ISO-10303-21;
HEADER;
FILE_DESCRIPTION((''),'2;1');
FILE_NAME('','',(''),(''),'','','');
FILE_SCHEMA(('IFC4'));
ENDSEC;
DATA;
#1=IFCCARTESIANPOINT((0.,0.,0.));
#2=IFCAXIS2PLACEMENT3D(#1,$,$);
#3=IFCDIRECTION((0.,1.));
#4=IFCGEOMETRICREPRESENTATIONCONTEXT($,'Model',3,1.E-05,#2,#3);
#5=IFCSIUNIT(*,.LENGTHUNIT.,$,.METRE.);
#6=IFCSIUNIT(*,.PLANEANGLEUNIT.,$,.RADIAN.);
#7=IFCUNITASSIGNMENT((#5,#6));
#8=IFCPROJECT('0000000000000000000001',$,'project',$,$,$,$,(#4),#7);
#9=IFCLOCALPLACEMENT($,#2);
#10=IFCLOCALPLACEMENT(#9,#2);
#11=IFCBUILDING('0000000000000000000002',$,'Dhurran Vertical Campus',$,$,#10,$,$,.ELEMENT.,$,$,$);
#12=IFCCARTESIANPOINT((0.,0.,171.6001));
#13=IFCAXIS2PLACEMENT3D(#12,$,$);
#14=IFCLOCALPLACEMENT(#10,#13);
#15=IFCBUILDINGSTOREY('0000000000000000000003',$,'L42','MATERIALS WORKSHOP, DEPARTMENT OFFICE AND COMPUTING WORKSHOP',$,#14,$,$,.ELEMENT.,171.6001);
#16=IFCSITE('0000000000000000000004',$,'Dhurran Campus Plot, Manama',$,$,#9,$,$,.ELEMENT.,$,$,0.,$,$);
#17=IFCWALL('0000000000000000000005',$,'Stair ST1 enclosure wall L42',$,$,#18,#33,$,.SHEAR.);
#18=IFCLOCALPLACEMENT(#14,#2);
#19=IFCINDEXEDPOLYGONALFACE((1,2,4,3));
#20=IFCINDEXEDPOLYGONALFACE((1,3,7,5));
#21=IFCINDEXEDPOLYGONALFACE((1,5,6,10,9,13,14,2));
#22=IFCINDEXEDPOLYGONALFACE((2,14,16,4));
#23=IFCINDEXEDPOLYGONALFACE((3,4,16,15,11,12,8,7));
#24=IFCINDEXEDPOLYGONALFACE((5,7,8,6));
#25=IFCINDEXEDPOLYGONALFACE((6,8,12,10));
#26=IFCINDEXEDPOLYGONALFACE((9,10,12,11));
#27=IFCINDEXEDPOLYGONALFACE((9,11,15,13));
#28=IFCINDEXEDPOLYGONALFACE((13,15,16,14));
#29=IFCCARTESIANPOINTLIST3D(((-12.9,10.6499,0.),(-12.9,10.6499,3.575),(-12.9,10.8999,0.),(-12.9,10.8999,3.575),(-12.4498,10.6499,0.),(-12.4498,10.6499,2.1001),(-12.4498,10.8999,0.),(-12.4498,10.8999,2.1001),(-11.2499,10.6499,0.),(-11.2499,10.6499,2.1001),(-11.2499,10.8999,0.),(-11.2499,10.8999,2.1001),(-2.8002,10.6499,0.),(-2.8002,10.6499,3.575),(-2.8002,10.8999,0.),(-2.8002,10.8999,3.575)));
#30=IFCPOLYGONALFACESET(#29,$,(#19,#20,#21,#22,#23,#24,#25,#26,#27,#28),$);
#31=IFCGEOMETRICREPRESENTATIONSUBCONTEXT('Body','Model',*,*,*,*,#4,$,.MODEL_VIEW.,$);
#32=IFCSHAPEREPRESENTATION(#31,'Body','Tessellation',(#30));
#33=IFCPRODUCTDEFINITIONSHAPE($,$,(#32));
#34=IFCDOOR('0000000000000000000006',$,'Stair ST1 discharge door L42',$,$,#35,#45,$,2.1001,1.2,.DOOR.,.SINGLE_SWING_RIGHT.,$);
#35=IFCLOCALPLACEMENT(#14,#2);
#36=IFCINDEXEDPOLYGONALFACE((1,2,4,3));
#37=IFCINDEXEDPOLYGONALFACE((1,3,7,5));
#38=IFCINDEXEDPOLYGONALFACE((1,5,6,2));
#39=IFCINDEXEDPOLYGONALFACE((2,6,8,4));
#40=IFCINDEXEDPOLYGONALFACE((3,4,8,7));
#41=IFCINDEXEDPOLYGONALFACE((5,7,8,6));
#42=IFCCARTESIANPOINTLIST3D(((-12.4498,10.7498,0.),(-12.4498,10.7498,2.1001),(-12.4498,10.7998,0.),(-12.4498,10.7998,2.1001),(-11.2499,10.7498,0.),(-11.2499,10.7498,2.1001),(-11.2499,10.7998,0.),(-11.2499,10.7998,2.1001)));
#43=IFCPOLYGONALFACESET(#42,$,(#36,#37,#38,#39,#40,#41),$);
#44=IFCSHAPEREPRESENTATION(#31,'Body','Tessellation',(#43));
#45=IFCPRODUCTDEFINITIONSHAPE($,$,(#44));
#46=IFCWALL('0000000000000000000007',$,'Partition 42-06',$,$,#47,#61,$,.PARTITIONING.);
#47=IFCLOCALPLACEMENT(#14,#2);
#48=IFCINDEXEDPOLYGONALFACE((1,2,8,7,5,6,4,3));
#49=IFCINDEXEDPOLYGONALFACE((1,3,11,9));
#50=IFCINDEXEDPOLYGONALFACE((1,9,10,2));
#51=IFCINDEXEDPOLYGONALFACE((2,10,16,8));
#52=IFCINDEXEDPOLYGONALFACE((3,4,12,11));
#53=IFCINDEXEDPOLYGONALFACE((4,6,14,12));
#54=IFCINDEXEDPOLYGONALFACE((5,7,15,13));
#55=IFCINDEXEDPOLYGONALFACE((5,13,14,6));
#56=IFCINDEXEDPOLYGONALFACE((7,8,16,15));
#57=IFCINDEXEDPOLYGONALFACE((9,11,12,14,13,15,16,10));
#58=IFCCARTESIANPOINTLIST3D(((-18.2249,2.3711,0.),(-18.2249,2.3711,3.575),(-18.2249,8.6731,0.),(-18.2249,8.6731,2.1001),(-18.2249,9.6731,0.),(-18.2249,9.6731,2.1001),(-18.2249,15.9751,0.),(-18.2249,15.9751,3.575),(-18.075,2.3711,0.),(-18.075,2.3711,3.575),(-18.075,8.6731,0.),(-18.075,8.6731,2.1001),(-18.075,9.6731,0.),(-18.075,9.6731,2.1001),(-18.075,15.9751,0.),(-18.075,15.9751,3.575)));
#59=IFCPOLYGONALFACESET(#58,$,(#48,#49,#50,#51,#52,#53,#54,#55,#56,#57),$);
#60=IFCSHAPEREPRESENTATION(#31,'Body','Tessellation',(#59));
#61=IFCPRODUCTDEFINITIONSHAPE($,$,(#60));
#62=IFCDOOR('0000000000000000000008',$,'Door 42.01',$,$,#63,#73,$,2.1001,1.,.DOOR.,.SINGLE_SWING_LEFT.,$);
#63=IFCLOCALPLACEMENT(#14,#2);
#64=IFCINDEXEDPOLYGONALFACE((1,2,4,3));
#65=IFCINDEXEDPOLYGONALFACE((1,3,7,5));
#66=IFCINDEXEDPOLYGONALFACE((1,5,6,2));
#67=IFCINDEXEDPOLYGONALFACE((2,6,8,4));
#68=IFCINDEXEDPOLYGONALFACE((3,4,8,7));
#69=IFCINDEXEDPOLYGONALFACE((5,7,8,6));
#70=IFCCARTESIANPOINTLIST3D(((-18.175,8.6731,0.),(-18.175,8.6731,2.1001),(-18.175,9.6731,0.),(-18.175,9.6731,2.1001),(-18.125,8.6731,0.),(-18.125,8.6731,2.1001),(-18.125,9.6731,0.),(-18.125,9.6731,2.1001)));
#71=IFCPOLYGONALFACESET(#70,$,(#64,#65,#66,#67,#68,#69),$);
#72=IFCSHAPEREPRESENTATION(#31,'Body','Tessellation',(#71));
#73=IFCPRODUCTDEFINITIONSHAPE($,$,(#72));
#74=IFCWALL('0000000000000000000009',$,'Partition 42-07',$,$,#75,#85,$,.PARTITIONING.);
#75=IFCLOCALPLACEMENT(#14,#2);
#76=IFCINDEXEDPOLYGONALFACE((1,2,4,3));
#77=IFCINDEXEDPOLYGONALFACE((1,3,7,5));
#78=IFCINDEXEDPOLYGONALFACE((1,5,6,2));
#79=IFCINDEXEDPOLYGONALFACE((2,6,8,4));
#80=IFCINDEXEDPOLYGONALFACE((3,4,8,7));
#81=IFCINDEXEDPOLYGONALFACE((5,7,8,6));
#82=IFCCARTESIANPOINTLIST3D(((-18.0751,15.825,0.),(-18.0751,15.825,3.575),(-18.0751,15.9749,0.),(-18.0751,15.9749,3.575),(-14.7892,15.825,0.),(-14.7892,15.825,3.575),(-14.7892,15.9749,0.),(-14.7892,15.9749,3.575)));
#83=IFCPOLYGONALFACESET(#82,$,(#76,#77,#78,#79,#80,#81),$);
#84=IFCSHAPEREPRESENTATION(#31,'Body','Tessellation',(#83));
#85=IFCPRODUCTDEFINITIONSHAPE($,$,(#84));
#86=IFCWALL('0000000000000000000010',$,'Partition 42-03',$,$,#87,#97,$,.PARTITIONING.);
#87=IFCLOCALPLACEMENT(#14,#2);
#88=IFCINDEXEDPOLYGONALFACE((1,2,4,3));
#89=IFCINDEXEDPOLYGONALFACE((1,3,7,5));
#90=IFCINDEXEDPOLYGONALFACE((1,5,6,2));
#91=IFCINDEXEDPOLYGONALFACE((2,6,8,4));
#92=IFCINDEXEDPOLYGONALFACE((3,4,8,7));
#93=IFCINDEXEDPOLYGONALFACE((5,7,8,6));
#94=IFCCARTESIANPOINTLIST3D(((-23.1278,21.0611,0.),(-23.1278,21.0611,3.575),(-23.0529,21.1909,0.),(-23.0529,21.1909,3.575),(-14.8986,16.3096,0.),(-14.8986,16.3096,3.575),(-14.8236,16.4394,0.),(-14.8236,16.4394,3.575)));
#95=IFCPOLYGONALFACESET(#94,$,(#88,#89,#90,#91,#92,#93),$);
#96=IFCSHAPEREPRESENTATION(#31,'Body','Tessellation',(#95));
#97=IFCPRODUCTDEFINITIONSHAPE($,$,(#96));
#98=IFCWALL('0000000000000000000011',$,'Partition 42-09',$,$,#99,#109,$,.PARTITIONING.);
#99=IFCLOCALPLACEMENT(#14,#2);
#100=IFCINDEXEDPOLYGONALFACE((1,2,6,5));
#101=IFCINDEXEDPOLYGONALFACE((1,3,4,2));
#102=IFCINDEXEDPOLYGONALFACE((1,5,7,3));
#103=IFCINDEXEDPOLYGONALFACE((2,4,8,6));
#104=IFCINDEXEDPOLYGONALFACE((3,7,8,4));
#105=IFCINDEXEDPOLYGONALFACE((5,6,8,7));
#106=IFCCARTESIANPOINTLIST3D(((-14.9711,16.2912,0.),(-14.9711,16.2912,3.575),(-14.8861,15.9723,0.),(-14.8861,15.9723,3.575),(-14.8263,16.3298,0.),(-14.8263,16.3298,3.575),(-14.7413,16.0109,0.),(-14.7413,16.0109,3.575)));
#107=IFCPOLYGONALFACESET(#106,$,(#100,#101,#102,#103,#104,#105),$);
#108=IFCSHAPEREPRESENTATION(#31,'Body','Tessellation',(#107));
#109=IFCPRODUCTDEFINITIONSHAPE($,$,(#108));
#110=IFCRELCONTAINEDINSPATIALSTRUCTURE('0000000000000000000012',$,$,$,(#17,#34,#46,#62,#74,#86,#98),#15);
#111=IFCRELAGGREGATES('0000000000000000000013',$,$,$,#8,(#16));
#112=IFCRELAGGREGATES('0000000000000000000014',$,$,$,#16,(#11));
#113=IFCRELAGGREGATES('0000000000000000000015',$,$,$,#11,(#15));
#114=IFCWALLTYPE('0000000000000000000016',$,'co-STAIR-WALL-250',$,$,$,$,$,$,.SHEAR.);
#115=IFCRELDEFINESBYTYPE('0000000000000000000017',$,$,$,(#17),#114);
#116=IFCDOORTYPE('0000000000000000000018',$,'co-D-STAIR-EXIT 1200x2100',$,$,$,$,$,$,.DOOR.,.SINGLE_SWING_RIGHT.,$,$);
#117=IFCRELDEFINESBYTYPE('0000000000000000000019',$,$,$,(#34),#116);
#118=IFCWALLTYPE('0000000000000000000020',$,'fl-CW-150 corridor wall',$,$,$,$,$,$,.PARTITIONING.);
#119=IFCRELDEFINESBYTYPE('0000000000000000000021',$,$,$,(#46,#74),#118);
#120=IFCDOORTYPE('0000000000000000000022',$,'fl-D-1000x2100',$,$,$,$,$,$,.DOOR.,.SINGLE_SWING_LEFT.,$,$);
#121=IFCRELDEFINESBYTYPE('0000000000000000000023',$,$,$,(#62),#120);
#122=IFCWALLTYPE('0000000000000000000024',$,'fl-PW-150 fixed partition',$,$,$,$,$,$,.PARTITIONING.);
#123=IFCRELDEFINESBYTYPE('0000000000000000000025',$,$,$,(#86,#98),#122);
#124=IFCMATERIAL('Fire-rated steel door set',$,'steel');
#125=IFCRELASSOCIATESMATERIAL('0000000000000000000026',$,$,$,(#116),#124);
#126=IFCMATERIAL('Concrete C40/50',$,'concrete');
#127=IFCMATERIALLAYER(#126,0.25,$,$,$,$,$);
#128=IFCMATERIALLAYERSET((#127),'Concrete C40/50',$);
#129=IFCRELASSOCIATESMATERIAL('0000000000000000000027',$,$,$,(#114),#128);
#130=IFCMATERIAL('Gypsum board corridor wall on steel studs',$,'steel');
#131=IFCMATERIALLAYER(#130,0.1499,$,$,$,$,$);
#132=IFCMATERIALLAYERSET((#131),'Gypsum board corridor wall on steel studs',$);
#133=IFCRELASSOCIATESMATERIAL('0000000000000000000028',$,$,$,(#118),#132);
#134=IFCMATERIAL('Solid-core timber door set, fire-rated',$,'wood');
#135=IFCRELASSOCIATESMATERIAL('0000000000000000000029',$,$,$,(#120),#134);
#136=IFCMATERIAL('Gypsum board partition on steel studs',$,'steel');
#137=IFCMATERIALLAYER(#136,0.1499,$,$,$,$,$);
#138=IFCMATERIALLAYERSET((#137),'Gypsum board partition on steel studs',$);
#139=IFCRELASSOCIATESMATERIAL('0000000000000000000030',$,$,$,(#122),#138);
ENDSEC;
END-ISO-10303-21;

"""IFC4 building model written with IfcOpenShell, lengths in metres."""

from ifc_helpers import new_model, si_unit, direction, frame, frame_2d, origin, place, context, subcontext, project, spatial, rectangle, extrude, material, layer, layer_set, type_object, element, fill, save


model = new_model("IFC4")

# Units and contexts
model_context = context("Model", 3, precision=1e-05, world=origin(), true_north=direction((0.0, 1.0)))
body_context = subcontext(model_context, "Body", "Model", "MODEL_VIEW")
ifc_project = project(units=[si_unit("LENGTHUNIT", "METRE"), si_unit("PLANEANGLEUNIT", "RADIAN")], contexts=[model_context])

# Site, building, storey
site_placement = place(None, origin())
site = spatial("IfcSite", under=ifc_project, at=site_placement, Name="Dhurran Campus Plot, Manama", CompositionType="ELEMENT", RefElevation=0.0)
building_placement = place(site_placement, origin())
building = spatial("IfcBuilding", under=site, at=building_placement, Name="Dhurran Vertical Campus", CompositionType="ELEMENT")
storey_placement = place(building_placement, frame((0.0, 0.0, 171.6001)))
storey = spatial("IfcBuildingStorey", under=building, at=storey_placement, Name="L42", Description="MATERIALS WORKSHOP, DEPARTMENT OFFICE AND COMPUTING WORKSHOP", CompositionType="ELEMENT", Elevation=171.6001)

# Shared definitions
ifc_material_1 = material(Name="Fire-rated steel door set", Category="steel")
door_type_1 = type_object("IfcDoorType", Name="co-D-STAIR-EXIT 1200x2100", OperationType="SINGLE_SWING_RIGHT", PredefinedType="DOOR", material=ifc_material_1)

# Walls, openings, doors
ifc_material_2 = material(Name="Concrete C40/50", Category="concrete")
ifc_layer_1 = layer(ifc_material_2, 0.25)
ifc_layer_set_1 = layer_set([ifc_layer_1], Name="Concrete C40/50")
wall_type_1 = type_object("IfcWallType", Name="co-STAIR-WALL-250", PredefinedType="SHEAR", material=ifc_layer_set_1)
wall_1_placement = place(storey_placement, frame((-12.8999, 10.7749, 0.0), z_axis=(0.0, 0.0, 1.0), x_axis=(1.0, 0.0, 0.0)))
wall_1 = element("IfcWall", 1, at=wall_1_placement, inside=storey, type_object=wall_type_1, Name="Stair ST1 enclosure wall L42", PredefinedType="SHEAR", context=body_context, shape_type="SweptSolid", body=[
    extrude(rectangle(XDim=10.0999, YDim=0.25, at=frame_2d((5.0498, 0.0))), origin(), (0.0, 0.0, 1.0), 3.575),
])
opening_1_placement = place(wall_1_placement, frame((0.45, 0.0, 0.0)))
opening_1 = element("IfcOpeningElement", 2, at=opening_1_placement, cuts=wall_1, PredefinedType="OPENING", context=body_context, shape_type="SweptSolid", body=[
    extrude(rectangle(XDim=1.2, YDim=2.1001, at=frame_2d((0.6001, 1.05))), frame((0.0, 0.135, 0.0), z_axis=(0.0, -1.0, 0.0), x_axis=(1.0, 0.0, 0.0)), (0.0, 0.0, 1.0), 0.27),
])
door_1_placement = place(opening_1_placement, origin())
door_1 = element("IfcDoor", 3, at=door_1_placement, inside=storey, type_object=door_type_1, Name="Stair ST1 discharge door L42", OperationType="SINGLE_SWING_RIGHT", OverallHeight=2.1001, OverallWidth=1.2, PredefinedType="DOOR", context=body_context, shape_type="SweptSolid", body=[
    extrude(rectangle(XDim=1.2, YDim=2.1001, at=frame_2d((0.6001, 1.05))), frame((0.0, 0.0249, 0.0), z_axis=(0.0, -1.0, 0.0), x_axis=(1.0, 0.0, 0.0)), (0.0, 0.0, 1.0), 0.05),
])
fill(opening_1, door_1)
ifc_material_3 = material(Name="Gypsum board corridor wall on steel studs", Category="steel")
ifc_layer_2 = layer(ifc_material_3, 0.1499)
ifc_layer_set_2 = layer_set([ifc_layer_2], Name="Gypsum board corridor wall on steel studs")
wall_type_2 = type_object("IfcWallType", Name="fl-CW-150 corridor wall", PredefinedType="PARTITIONING", material=ifc_layer_set_2)
wall_2_placement = place(storey_placement, frame((-18.1499, 15.9751, 0.0), z_axis=(0.0, 0.0, 1.0), x_axis=(0.0, -1.0, 0.0)))
wall_2 = element("IfcWall", 4, at=wall_2_placement, inside=storey, type_object=wall_type_2, Name="Partition 42-06", PredefinedType="PARTITIONING", context=body_context, shape_type="SweptSolid", body=[
    extrude(rectangle(XDim=13.604, YDim=0.1499, at=frame_2d((6.802, 0.0))), origin(), (0.0, 0.0, 1.0), 3.575),
])
opening_2_placement = place(wall_2_placement, frame((6.302, 0.0, 0.0)))
opening_2 = element("IfcOpeningElement", 5, at=opening_2_placement, cuts=wall_2, PredefinedType="OPENING", context=body_context, shape_type="SweptSolid", body=[
    extrude(rectangle(XDim=1.0, YDim=2.1001, at=frame_2d((0.5, 1.05))), frame((0.0, 0.085, 0.0), z_axis=(0.0, -1.0, 0.0), x_axis=(1.0, 0.0, 0.0)), (0.0, 0.0, 1.0), 0.1699),
])
ifc_material_4 = material(Name="Solid-core timber door set, fire-rated", Category="wood")
door_type_2 = type_object("IfcDoorType", Name="fl-D-1000x2100", OperationType="SINGLE_SWING_LEFT", PredefinedType="DOOR", material=ifc_material_4)
door_2_placement = place(opening_2_placement, origin())
door_2 = element("IfcDoor", 6, at=door_2_placement, inside=storey, type_object=door_type_2, Name="Door 42.01", OperationType="SINGLE_SWING_LEFT", OverallHeight=2.1001, OverallWidth=1.0, PredefinedType="DOOR", context=body_context, shape_type="SweptSolid", body=[
    extrude(rectangle(XDim=1.0, YDim=2.1001, at=frame_2d((0.5, 1.05))), frame((0.0, 0.0249, 0.0), z_axis=(0.0, -1.0, 0.0), x_axis=(1.0, 0.0, 0.0)), (0.0, 0.0, 1.0), 0.05),
])
fill(opening_2, door_2)

# Walls
wall_3_placement = place(storey_placement, frame((-14.7891, 15.8999, 0.0), z_axis=(0.0, 0.0, 1.0), x_axis=(-1.0, 0.0, 0.0)))
element("IfcWall", 7, at=wall_3_placement, inside=storey, type_object=wall_type_2, Name="Partition 42-07", PredefinedType="PARTITIONING", context=body_context, shape_type="SweptSolid", body=[
    extrude(rectangle(XDim=3.2859, YDim=0.1499, at=frame_2d((1.6431, 0.0))), origin(), (0.0, 0.0, 1.0), 3.575),
])
ifc_material_5 = material(Name="Gypsum board partition on steel studs", Category="steel")
ifc_layer_3 = layer(ifc_material_5, 0.1499)
ifc_layer_set_3 = layer_set([ifc_layer_3], Name="Gypsum board partition on steel studs")
wall_type_3 = type_object("IfcWallType", Name="fl-PW-150 fixed partition", PredefinedType="PARTITIONING", material=ifc_layer_set_3)
wall_4_placement = place(storey_placement, frame((-23.0903, 21.126, 0.0), z_axis=(0.0, 0.0, 1.0), x_axis=(0.866011, -0.500024, 0.0)))
element("IfcWall", 8, at=wall_4_placement, inside=storey, type_object=wall_type_3, Name="Partition 42-03", PredefinedType="PARTITIONING", context=body_context, shape_type="SweptSolid", body=[
    extrude(rectangle(XDim=9.5024, YDim=0.1499, at=frame_2d((4.7512, 0.0))), origin(), (0.0, 0.0, 1.0), 3.575),
])
wall_5_placement = place(storey_placement, frame((-14.8987, 16.3105, 0.0), z_axis=(0.0, 0.0, 1.0), x_axis=(0.257478, -0.966284, 0.0)))
element("IfcWall", 9, at=wall_5_placement, inside=storey, type_object=wall_type_3, Name="Partition 42-09", PredefinedType="PARTITIONING", context=body_context, shape_type="SweptSolid", body=[
    extrude(rectangle(XDim=0.3301, YDim=0.1499, at=frame_2d((0.165, 0.0))), origin(), (0.0, 0.0, 1.0), 3.575),
])

save(model, "model.ifc")
